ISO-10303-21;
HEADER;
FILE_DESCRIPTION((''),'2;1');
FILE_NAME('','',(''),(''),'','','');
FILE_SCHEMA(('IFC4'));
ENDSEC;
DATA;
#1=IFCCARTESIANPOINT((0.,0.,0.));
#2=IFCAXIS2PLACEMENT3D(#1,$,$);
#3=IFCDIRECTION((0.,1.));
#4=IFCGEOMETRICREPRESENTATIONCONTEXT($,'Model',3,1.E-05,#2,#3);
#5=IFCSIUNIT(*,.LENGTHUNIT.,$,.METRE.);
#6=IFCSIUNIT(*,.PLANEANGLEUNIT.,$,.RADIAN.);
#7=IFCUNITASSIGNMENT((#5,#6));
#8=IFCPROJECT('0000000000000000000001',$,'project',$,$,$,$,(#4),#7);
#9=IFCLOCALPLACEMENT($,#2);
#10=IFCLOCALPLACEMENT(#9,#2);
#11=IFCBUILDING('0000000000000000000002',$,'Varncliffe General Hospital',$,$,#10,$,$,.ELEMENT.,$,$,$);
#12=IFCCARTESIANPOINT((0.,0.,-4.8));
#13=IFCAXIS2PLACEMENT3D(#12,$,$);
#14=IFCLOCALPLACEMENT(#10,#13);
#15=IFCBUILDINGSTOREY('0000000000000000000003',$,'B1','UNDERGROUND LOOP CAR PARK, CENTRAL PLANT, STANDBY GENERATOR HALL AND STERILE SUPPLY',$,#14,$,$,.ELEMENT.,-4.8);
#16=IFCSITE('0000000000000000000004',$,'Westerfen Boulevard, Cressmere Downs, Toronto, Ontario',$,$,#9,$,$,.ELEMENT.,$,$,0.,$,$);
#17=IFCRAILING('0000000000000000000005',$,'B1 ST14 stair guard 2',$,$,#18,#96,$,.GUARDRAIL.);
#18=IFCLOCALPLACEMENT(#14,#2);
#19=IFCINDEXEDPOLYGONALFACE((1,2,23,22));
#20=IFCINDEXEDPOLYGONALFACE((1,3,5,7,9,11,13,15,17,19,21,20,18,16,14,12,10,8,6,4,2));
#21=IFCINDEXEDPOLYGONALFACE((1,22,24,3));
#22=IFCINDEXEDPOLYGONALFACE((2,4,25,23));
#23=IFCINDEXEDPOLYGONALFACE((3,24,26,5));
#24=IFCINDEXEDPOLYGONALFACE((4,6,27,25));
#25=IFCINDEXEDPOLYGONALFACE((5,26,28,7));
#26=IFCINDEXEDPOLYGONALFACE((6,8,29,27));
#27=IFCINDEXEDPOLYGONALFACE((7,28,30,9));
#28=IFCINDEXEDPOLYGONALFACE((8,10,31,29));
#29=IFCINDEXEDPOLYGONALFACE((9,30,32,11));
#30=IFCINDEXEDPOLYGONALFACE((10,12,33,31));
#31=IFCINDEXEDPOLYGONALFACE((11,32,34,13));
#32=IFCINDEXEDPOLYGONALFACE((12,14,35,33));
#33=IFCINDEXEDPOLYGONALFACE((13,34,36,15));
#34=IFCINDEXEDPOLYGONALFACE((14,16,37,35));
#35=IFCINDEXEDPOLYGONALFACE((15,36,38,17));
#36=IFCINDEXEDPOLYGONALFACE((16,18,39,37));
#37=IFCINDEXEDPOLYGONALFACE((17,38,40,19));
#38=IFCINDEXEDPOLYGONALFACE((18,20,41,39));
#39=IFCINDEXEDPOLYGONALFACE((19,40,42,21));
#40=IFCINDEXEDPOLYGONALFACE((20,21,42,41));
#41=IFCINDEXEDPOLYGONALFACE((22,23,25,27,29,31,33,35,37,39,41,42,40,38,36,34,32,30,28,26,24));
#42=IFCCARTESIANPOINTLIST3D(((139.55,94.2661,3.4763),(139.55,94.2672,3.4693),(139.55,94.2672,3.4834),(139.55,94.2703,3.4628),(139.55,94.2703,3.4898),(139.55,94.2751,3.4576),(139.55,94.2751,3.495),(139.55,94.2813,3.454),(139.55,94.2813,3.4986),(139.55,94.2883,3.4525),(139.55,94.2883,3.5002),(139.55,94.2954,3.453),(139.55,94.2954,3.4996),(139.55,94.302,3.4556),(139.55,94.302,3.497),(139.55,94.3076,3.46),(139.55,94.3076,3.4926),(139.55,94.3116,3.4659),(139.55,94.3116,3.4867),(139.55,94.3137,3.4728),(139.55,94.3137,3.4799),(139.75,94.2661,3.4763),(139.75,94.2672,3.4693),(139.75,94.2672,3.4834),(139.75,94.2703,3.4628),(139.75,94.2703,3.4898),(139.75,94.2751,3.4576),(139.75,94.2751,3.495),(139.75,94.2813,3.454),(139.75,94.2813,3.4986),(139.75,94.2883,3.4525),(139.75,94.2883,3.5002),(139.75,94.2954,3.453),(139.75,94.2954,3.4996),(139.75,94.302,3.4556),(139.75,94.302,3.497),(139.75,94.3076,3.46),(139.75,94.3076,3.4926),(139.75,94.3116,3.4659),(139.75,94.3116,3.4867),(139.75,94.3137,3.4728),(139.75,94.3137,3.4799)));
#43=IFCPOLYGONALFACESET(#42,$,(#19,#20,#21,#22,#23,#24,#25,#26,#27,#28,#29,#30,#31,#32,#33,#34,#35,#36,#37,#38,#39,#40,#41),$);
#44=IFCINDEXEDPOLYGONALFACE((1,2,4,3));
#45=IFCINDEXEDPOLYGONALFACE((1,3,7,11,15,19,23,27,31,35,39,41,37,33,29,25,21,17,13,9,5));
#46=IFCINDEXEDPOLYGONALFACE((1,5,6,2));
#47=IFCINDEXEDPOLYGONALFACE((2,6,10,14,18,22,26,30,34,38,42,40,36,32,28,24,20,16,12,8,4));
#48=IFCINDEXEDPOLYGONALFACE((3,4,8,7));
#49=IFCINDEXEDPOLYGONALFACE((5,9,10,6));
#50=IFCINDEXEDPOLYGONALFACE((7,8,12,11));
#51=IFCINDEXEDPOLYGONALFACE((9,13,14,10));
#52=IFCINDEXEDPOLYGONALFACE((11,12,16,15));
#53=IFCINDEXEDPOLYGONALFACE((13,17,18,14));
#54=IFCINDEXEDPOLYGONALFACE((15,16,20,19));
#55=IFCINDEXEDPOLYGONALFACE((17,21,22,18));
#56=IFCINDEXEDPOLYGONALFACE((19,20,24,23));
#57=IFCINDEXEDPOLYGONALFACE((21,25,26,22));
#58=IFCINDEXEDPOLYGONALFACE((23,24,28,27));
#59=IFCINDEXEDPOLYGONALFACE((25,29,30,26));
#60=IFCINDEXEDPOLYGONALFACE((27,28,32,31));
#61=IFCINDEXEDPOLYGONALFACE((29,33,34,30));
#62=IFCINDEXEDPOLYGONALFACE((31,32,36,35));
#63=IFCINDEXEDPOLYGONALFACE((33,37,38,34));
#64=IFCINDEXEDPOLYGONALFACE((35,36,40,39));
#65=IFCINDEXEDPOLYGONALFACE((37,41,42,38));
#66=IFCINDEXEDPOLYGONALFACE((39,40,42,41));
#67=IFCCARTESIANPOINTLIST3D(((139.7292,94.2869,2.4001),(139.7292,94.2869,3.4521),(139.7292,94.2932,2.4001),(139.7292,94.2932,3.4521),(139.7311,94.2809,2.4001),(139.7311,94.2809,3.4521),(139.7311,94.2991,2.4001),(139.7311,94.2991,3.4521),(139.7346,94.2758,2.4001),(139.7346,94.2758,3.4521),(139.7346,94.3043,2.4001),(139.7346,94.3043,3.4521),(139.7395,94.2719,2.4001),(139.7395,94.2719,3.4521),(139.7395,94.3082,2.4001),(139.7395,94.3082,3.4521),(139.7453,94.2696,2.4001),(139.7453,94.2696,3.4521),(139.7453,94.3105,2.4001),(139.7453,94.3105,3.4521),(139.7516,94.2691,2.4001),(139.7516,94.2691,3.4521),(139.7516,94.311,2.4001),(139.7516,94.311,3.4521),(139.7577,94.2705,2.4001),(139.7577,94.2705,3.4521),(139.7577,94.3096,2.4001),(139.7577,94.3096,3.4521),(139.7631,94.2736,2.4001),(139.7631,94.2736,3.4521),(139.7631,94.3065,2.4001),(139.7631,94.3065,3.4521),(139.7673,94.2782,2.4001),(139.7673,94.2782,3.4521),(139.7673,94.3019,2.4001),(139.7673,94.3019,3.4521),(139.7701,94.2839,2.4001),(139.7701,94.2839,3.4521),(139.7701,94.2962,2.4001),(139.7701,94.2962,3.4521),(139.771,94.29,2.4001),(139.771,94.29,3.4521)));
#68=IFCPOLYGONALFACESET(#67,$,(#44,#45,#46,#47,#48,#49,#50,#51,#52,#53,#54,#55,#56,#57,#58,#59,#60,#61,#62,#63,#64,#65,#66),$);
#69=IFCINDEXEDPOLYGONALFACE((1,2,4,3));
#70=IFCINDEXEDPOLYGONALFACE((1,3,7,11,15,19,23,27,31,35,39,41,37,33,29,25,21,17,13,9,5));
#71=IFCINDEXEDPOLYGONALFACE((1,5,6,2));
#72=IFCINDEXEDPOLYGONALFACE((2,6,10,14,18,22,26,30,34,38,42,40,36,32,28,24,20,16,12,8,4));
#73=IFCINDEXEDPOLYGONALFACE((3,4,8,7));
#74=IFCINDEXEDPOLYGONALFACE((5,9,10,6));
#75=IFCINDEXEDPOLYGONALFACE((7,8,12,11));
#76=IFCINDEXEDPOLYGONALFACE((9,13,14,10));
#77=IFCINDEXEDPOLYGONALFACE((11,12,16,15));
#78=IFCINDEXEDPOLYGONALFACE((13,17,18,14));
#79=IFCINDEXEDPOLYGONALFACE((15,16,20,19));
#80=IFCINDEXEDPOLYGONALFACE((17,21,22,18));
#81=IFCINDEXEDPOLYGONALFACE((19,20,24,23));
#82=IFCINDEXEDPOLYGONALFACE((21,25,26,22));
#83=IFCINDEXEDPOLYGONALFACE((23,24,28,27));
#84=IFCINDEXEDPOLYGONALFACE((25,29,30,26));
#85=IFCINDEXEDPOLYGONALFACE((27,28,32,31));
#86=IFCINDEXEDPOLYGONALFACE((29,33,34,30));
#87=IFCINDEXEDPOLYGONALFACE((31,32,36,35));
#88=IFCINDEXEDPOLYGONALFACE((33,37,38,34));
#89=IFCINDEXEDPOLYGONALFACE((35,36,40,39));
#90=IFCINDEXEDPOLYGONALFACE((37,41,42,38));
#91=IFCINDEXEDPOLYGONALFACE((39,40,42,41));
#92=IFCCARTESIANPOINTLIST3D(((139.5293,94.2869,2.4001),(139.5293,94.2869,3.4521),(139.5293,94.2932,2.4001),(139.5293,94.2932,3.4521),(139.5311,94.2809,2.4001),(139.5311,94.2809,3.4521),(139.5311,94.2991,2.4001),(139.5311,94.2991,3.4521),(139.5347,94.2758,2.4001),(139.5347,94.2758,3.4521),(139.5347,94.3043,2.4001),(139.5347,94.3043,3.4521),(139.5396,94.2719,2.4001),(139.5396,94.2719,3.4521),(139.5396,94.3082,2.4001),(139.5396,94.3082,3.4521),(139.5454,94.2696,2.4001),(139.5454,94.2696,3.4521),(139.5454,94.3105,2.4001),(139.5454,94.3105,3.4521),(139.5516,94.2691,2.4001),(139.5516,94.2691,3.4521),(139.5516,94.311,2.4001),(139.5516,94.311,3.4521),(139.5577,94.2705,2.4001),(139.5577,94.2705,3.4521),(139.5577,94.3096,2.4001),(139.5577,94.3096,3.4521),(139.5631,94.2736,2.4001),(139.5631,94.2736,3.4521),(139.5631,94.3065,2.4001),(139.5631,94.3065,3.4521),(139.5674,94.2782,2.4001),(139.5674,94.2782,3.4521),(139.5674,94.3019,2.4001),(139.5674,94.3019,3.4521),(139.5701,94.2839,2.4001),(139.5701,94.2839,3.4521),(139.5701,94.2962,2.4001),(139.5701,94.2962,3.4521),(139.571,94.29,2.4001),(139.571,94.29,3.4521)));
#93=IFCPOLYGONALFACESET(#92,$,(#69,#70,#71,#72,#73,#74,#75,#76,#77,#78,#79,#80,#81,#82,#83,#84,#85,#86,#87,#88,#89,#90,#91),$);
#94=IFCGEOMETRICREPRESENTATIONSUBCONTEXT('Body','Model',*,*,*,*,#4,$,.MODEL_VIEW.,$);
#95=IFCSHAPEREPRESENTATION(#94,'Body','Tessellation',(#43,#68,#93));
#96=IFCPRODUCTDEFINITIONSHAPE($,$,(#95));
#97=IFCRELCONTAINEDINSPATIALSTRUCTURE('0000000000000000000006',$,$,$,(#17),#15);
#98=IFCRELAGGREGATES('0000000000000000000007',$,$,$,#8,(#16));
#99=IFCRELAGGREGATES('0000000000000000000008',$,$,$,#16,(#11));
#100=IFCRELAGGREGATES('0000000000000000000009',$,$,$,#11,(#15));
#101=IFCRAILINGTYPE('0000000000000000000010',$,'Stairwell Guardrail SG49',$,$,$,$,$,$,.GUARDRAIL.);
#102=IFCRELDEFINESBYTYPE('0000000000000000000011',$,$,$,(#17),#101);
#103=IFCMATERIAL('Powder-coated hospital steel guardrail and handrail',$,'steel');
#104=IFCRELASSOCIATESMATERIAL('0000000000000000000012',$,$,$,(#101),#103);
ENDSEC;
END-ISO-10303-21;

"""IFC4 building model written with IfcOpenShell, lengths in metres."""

from ifc_helpers import new_model, si_unit, direction, frame, origin, origin_2d, place, context, subcontext, project, spatial, circle, extrude, material, type_object, element, save


model = new_model("IFC4")

# Units and contexts
model_context = context("Model", 3, precision=1e-05, world=origin(), true_north=direction((0.0, 1.0)))
body_context = subcontext(model_context, "Body", "Model", "MODEL_VIEW")
ifc_project = project(units=[si_unit("LENGTHUNIT", "METRE"), si_unit("PLANEANGLEUNIT", "RADIAN")], contexts=[model_context])

# Site, building, storey
site_placement = place(None, origin())
site = spatial("IfcSite", under=ifc_project, at=site_placement, Name="Westerfen Boulevard, Cressmere Downs, Toronto, Ontario", CompositionType="ELEMENT", RefElevation=0.0)
building_placement = place(site_placement, origin())
building = spatial("IfcBuilding", under=site, at=building_placement, Name="Varncliffe General Hospital", CompositionType="ELEMENT")
storey_placement = place(building_placement, frame((0.0, 0.0, -4.8)))
storey = spatial("IfcBuildingStorey", under=building, at=storey_placement, Name="B1", Description="UNDERGROUND LOOP CAR PARK, CENTRAL PLANT, STANDBY GENERATOR HALL AND STERILE SUPPLY", CompositionType="ELEMENT", Elevation=-4.8)

# Railing
ifc_material_1 = material(Name="Powder-coated hospital steel guardrail and handrail", Category="steel")
railing_type_1 = type_object("IfcRailingType", Name="Stairwell Guardrail SG49", PredefinedType="GUARDRAIL", material=ifc_material_1)
railing_1_placement = place(storey_placement, frame((139.75, 94.29, 2.4001)))
element("IfcRailing", 1, at=railing_1_placement, inside=storey, type_object=railing_type_1, Name="B1 ST14 stair guard 2", PredefinedType="GUARDRAIL", context=body_context, shape_type="SweptSolid", body=[
    extrude(circle(Radius=0.0239, at=origin_2d()), frame((0.0, 0.0, 1.0762), z_axis=(-1.0, 0.0, 0.0), x_axis=(0.0, -1.0, 0.0)), (0.0, 0.0, 1.0), 0.2),
    extrude(circle(Radius=0.021, at=origin_2d()), origin(), (0.0, 0.0, 1.0), 1.052),
    extrude(circle(Radius=0.021, at=origin_2d()), frame((-0.2, 0.0, 0.0)), (0.0, 0.0, 1.0), 1.052),
])

save(model, "model.ifc")
